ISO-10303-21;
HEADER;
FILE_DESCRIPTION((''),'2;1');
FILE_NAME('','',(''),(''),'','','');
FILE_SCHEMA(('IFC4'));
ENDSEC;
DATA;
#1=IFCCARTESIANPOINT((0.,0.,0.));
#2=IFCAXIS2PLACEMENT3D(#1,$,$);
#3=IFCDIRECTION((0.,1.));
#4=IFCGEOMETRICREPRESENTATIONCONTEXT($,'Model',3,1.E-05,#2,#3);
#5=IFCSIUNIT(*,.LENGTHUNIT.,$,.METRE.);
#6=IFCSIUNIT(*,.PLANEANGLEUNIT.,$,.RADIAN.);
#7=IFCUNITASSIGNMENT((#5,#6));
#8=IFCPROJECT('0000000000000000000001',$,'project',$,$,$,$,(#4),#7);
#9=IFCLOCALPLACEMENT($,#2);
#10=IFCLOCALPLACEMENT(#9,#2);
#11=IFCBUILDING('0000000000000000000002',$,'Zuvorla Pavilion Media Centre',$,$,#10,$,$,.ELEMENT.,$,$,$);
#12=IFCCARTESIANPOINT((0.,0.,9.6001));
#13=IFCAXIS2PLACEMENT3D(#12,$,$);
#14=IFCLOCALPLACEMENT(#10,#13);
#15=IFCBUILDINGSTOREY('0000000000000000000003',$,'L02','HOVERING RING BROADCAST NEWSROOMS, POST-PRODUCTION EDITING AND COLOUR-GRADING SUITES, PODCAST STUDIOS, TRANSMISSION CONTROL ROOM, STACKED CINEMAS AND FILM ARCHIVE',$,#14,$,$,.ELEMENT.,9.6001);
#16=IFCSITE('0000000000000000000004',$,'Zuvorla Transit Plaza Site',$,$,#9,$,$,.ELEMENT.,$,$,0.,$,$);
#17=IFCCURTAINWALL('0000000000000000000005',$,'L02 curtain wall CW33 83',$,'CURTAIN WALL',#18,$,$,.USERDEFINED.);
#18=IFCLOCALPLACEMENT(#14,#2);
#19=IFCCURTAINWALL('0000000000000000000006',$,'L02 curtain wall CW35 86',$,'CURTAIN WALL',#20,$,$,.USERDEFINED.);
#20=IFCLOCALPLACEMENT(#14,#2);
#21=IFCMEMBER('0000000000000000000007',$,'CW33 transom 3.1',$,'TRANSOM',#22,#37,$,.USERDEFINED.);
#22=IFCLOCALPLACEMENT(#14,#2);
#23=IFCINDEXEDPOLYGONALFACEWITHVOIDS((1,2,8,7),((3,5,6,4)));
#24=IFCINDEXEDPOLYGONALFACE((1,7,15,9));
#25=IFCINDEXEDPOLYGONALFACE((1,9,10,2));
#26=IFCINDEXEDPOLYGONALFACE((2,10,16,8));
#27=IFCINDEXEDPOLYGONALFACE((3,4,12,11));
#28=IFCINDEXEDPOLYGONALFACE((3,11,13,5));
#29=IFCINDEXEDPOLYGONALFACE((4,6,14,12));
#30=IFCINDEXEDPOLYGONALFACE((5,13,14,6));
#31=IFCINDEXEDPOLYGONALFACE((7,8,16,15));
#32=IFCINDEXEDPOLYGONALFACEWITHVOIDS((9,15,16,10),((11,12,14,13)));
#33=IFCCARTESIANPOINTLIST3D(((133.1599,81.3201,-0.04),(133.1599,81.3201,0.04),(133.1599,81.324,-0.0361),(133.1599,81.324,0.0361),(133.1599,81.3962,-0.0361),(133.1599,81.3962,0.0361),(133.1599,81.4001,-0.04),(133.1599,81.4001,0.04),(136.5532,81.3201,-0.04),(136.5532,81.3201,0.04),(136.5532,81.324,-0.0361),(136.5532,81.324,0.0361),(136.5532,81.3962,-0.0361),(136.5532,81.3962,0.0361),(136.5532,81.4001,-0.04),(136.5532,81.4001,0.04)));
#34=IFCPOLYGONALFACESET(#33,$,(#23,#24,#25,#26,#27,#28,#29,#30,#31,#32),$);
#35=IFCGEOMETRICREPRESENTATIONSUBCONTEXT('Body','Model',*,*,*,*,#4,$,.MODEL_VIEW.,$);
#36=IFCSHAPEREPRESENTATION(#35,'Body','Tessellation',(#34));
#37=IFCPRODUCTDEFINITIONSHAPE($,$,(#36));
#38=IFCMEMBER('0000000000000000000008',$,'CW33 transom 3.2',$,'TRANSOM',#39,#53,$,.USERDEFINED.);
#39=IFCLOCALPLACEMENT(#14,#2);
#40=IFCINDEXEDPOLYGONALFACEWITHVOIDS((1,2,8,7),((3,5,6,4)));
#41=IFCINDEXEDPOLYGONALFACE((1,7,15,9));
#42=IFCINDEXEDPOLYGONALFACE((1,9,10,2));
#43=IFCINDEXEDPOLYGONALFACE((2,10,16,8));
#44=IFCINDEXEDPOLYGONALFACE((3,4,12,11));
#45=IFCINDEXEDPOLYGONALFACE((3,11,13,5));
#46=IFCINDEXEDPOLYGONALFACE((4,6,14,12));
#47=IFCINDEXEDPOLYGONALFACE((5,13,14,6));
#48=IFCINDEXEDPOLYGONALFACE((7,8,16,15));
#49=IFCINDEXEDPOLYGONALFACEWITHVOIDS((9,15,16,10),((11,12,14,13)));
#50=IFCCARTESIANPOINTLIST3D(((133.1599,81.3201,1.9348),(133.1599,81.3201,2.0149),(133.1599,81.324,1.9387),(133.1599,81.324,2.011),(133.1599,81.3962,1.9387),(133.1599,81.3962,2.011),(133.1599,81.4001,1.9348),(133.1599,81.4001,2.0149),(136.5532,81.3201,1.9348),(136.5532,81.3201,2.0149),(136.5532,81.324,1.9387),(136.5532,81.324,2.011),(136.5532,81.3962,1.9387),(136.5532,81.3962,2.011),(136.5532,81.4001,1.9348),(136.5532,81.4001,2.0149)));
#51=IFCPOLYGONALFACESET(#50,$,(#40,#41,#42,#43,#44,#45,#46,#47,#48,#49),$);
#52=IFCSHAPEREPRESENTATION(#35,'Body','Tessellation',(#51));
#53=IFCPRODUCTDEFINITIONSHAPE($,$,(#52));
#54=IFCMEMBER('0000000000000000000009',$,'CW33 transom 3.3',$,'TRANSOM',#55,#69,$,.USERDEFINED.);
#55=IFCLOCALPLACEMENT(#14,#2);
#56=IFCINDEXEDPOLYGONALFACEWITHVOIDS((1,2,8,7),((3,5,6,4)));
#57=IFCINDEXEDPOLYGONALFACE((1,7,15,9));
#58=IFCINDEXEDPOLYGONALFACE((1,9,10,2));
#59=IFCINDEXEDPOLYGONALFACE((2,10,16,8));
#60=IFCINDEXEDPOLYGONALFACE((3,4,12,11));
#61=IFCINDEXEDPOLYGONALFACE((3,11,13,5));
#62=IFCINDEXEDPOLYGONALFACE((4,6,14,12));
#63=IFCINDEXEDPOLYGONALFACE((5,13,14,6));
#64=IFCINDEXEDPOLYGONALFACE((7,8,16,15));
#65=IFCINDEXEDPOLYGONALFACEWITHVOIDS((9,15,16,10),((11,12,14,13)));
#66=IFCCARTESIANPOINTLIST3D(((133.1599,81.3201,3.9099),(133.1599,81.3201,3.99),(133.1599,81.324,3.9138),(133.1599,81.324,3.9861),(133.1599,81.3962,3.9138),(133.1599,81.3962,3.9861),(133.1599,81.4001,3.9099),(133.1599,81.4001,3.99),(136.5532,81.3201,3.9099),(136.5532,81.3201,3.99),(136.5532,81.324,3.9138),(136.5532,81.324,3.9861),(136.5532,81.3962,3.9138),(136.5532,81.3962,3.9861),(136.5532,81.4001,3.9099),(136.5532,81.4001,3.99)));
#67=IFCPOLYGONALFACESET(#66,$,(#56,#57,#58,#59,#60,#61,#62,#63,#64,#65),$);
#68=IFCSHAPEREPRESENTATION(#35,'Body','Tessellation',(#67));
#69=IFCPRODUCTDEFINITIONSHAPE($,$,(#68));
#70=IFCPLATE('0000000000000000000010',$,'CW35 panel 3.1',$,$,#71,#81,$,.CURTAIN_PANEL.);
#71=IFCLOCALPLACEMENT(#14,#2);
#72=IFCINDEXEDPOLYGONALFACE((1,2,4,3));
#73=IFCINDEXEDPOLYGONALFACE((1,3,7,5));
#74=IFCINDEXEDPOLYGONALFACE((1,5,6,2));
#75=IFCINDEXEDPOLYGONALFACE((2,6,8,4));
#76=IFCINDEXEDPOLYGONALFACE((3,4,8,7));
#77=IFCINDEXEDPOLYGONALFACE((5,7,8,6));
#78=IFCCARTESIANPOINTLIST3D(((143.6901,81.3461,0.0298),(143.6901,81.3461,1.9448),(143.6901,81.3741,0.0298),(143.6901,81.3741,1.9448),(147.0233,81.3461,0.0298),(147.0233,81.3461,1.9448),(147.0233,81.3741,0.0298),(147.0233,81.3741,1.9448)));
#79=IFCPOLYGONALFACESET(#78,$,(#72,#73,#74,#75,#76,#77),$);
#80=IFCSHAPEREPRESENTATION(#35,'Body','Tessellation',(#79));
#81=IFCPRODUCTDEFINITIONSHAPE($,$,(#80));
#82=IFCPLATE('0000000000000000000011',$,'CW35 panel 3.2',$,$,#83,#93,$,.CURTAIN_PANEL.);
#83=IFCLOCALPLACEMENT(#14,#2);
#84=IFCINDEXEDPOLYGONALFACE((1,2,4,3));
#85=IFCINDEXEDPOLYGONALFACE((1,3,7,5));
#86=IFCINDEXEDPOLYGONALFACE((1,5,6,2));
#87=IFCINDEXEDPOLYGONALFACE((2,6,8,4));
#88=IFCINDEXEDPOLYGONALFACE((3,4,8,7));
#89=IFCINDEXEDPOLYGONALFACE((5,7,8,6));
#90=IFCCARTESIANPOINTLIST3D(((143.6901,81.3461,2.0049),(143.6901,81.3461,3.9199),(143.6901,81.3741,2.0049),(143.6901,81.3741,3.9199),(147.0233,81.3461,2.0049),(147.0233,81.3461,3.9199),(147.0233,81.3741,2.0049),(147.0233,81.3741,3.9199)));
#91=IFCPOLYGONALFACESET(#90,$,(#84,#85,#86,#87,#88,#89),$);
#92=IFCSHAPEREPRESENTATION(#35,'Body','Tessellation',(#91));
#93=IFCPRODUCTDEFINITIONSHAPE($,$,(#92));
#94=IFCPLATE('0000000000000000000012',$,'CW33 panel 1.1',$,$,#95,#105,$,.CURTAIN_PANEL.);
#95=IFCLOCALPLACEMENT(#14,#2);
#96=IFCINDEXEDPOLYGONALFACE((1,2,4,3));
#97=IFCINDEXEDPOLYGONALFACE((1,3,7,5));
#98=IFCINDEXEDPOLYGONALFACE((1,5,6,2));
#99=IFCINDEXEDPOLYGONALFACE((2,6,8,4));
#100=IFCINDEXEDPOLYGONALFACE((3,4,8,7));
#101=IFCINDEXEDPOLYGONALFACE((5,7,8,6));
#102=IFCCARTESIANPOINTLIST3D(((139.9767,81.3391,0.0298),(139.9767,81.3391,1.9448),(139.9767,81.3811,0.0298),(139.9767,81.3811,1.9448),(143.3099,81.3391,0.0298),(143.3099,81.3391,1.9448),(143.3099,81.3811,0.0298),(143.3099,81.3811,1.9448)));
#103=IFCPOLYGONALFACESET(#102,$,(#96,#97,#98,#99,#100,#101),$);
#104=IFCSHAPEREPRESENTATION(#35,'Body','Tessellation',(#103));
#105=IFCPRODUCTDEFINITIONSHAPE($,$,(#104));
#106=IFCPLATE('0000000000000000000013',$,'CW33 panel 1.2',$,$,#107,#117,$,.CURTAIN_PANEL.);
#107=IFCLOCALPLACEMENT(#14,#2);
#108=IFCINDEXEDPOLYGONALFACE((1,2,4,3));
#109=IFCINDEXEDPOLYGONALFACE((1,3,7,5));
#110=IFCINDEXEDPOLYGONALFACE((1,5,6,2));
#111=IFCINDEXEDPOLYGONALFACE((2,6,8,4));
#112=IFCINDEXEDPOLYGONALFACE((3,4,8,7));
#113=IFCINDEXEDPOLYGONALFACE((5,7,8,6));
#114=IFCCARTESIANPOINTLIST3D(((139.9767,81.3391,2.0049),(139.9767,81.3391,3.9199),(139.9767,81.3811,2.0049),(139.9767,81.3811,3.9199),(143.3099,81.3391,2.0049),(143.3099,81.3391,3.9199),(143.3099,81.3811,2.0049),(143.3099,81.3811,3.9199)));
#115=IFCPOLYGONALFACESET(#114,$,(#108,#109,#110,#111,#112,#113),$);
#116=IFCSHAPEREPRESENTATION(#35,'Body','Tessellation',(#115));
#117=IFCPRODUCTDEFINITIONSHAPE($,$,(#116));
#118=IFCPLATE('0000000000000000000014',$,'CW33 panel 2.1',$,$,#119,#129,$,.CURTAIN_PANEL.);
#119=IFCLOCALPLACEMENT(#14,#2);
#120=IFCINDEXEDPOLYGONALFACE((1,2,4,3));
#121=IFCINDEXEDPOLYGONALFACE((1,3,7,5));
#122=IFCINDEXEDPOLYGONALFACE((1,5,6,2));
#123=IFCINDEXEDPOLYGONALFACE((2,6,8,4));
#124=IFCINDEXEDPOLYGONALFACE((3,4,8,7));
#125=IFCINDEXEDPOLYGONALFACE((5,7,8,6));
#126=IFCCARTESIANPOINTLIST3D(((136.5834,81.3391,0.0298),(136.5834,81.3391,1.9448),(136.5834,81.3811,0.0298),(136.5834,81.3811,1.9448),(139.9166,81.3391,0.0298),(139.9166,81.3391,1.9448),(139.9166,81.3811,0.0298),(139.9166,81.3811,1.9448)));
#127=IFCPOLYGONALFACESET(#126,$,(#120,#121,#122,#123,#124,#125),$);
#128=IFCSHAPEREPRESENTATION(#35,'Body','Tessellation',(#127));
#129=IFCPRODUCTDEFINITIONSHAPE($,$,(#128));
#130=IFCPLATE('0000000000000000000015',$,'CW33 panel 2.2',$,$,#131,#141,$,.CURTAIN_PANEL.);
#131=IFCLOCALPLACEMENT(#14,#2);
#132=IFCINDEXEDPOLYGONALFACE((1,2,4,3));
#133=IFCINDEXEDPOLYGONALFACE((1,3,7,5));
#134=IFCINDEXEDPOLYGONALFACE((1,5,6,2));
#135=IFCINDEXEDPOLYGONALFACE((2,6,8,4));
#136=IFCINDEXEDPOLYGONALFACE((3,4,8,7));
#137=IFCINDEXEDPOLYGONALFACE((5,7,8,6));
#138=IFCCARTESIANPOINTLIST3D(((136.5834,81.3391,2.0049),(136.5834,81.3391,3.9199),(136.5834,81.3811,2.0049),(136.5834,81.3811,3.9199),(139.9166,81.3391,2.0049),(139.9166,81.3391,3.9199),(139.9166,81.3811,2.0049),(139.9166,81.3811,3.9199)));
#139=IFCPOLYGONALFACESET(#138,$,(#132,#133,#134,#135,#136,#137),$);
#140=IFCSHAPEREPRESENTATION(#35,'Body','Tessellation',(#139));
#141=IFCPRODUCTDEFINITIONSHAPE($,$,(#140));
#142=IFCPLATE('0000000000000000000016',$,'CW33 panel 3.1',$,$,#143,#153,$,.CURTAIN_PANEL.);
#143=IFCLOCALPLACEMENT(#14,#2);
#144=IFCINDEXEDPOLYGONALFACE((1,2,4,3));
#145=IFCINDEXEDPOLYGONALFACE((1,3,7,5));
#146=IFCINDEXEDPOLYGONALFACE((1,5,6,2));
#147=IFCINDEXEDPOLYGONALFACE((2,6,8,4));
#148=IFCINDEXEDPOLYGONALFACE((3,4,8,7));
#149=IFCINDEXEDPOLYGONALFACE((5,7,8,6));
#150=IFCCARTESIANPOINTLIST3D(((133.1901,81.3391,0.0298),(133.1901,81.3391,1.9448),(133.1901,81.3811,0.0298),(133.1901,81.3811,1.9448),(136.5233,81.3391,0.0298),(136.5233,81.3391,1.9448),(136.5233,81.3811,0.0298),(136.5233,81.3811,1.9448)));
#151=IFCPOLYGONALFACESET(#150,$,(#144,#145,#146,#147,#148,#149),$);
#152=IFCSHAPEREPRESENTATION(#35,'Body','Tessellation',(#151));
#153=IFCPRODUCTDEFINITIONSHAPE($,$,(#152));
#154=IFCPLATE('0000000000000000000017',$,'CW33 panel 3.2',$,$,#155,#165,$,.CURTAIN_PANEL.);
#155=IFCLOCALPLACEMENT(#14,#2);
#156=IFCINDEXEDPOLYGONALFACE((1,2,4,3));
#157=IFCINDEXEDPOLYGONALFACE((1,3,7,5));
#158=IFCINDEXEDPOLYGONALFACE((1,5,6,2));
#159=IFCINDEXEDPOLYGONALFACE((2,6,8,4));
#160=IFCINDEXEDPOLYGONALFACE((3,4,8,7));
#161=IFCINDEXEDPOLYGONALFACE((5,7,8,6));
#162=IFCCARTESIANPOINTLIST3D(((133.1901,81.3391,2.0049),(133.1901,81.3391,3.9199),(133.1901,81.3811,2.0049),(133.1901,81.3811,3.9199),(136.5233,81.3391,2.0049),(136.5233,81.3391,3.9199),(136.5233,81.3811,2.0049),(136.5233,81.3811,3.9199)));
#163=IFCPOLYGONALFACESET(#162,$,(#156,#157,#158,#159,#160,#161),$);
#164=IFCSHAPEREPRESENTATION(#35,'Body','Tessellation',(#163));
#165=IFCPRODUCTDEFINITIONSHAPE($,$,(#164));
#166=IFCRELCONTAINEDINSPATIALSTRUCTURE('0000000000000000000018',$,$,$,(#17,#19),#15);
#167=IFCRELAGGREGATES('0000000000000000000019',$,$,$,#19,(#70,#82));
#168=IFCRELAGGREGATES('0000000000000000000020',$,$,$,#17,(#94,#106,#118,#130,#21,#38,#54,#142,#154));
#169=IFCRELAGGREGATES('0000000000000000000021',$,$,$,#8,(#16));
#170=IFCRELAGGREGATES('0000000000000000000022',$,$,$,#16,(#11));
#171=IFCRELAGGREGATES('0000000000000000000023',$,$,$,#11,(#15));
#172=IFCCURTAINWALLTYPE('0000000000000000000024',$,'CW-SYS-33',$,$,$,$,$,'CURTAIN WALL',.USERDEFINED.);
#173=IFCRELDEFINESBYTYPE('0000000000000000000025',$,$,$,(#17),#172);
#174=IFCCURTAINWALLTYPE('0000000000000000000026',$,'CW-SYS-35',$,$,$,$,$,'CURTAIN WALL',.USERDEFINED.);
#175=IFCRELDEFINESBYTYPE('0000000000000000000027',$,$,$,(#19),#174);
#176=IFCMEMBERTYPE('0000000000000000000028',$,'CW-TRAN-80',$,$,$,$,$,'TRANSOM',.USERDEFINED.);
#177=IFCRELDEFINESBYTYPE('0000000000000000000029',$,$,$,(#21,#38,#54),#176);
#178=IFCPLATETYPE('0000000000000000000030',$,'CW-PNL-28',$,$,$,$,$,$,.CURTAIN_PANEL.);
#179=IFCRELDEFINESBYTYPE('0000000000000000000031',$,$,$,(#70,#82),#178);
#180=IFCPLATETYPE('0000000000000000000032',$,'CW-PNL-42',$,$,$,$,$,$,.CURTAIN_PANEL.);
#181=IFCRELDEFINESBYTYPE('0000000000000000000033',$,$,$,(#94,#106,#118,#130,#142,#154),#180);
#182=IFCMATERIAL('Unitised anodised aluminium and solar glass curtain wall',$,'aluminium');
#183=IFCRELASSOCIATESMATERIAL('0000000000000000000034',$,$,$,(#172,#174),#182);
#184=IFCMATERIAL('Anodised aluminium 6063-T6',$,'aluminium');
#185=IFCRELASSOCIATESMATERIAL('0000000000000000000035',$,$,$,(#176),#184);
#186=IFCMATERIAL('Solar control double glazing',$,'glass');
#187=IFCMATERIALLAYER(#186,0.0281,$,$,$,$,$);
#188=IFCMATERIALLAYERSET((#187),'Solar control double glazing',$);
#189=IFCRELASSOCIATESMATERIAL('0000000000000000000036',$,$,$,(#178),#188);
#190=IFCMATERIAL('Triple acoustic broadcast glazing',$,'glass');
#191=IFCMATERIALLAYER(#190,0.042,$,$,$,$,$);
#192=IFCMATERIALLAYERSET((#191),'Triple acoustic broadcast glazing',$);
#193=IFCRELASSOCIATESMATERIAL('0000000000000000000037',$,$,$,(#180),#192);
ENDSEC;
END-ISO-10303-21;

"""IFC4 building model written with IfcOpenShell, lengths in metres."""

from ifc_helpers import new_model, si_unit, direction, frame, origin, origin_2d, place, context, subcontext, project, spatial, rectangle, hollow_rectangle, extrude, material, layer, layer_set, material_profile, profile_set, type_object, element, aggregate, save


model = new_model("IFC4")

# Units and contexts
model_context = context("Model", 3, precision=1e-05, world=origin(), true_north=direction((0.0, 1.0)))
body_context = subcontext(model_context, "Body", "Model", "MODEL_VIEW")
ifc_project = project(units=[si_unit("LENGTHUNIT", "METRE"), si_unit("PLANEANGLEUNIT", "RADIAN")], contexts=[model_context])

# Site, building, storey
site_placement = place(None, origin())
site = spatial("IfcSite", under=ifc_project, at=site_placement, Name="Zuvorla Transit Plaza Site", CompositionType="ELEMENT", RefElevation=0.0)
building_placement = place(site_placement, origin())
building = spatial("IfcBuilding", under=site, at=building_placement, Name="Zuvorla Pavilion Media Centre", CompositionType="ELEMENT")
storey_placement = place(building_placement, frame((0.0, 0.0, 9.6001)))
storey = spatial("IfcBuildingStorey", under=building, at=storey_placement, Name="L02", Description="HOVERING RING BROADCAST NEWSROOMS, POST-PRODUCTION EDITING AND COLOUR-GRADING SUITES, PODCAST STUDIOS, TRANSMISSION CONTROL ROOM, STACKED CINEMAS AND FILM ARCHIVE", CompositionType="ELEMENT", Elevation=9.6001)

# Curtain walls
ifc_material_1 = material(Name="Unitised anodised aluminium and solar glass curtain wall", Category="aluminium")
curtain_wall_type_1 = type_object("IfcCurtainWallType", Name="CW-SYS-33", ElementType="CURTAIN WALL", PredefinedType="USERDEFINED", material=ifc_material_1)
curtain_wall_1_placement = place(storey_placement, origin())
curtain_wall_1 = element("IfcCurtainWall", 1, at=curtain_wall_1_placement, inside=storey, type_object=curtain_wall_type_1, Name="L02 curtain wall CW33 83", ObjectType="CURTAIN WALL", PredefinedType="USERDEFINED")
ifc_material_2 = material(Name="Anodised aluminium 6063-T6", Category="aluminium")
curtain_wall_type_2 = type_object("IfcCurtainWallType", Name="CW-SYS-35", ElementType="CURTAIN WALL", PredefinedType="USERDEFINED", material=ifc_material_1)
curtain_wall_2_placement = place(storey_placement, origin())
curtain_wall_2 = element("IfcCurtainWall", 2, at=curtain_wall_2_placement, inside=storey, type_object=curtain_wall_type_2, Name="L02 curtain wall CW35 86", ObjectType="CURTAIN WALL", PredefinedType="USERDEFINED")

# Members
ifc_material_profile_1 = material_profile(ifc_material_2, hollow_rectangle(XDim=0.0801, YDim=0.0801, WallThickness=0.0039, at=origin_2d()), Name="ALU TRAN 80x80")
ifc_profile_set_1 = profile_set([ifc_material_profile_1], Name="Anodised aluminium 6063-T6")
member_type_1 = type_object("IfcMemberType", Name="CW-TRAN-80", ElementType="TRANSOM", PredefinedType="USERDEFINED", material=ifc_profile_set_1)
member_1_placement = place(storey_placement, frame((136.5532, 81.3601, 0.0), z_axis=(-1.0, 0.0, 0.0), x_axis=(0.0, -1.0, 0.0)))
member_1 = element("IfcMember", 3, at=member_1_placement, type_object=member_type_1, Name="CW33 transom 3.1", ObjectType="TRANSOM", PredefinedType="USERDEFINED", context=body_context, shape_type="SweptSolid", body=[
    extrude(hollow_rectangle(XDim=0.0801, YDim=0.0801, WallThickness=0.0039, at=origin_2d()), origin(), (0.0, 0.0, 1.0), 3.3933),
])
member_2_placement = place(storey_placement, frame((136.5532, 81.3601, 1.9749), z_axis=(-1.0, 0.0, 0.0), x_axis=(0.0, -1.0, 0.0)))
member_2 = element("IfcMember", 4, at=member_2_placement, type_object=member_type_1, Name="CW33 transom 3.2", ObjectType="TRANSOM", PredefinedType="USERDEFINED", context=body_context, shape_type="SweptSolid", body=[
    extrude(hollow_rectangle(XDim=0.0801, YDim=0.0801, WallThickness=0.0039, at=origin_2d()), origin(), (0.0, 0.0, 1.0), 3.3933),
])
member_3_placement = place(storey_placement, frame((136.5532, 81.3601, 3.95), z_axis=(-1.0, 0.0, 0.0), x_axis=(0.0, -1.0, 0.0)))
member_3 = element("IfcMember", 5, at=member_3_placement, type_object=member_type_1, Name="CW33 transom 3.3", ObjectType="TRANSOM", PredefinedType="USERDEFINED", context=body_context, shape_type="SweptSolid", body=[
    extrude(hollow_rectangle(XDim=0.0801, YDim=0.0801, WallThickness=0.0039, at=origin_2d()), origin(), (0.0, 0.0, 1.0), 3.3933),
])

# Plates
ifc_material_3 = material(Name="Solar control double glazing", Category="glass")
ifc_layer_1 = layer(ifc_material_3, 0.0281)
ifc_layer_set_1 = layer_set([ifc_layer_1], Name="Solar control double glazing")
plate_type_1 = type_object("IfcPlateType", Name="CW-PNL-28", PredefinedType="CURTAIN_PANEL", material=ifc_layer_set_1)
plate_1_placement = place(storey_placement, frame((145.3567, 81.3601, 0.0298), z_axis=(0.0, 0.0, 1.0), x_axis=(-1.0, 0.0, 0.0)))
plate_1 = element("IfcPlate", 6, at=plate_1_placement, type_object=plate_type_1, Name="CW35 panel 3.1", PredefinedType="CURTAIN_PANEL", context=body_context, shape_type="SweptSolid", body=[
    extrude(rectangle(XDim=3.3333, YDim=0.0281, at=origin_2d()), origin(), (0.0, 0.0, 1.0), 1.915),
])
plate_2_placement = place(storey_placement, frame((145.3567, 81.3601, 2.0049), z_axis=(0.0, 0.0, 1.0), x_axis=(-1.0, 0.0, 0.0)))
plate_2 = element("IfcPlate", 7, at=plate_2_placement, type_object=plate_type_1, Name="CW35 panel 3.2", PredefinedType="CURTAIN_PANEL", context=body_context, shape_type="SweptSolid", body=[
    extrude(rectangle(XDim=3.3333, YDim=0.0281, at=origin_2d()), origin(), (0.0, 0.0, 1.0), 1.915),
])
aggregate(curtain_wall_2, [plate_1, plate_2])
ifc_material_4 = material(Name="Triple acoustic broadcast glazing", Category="glass")
ifc_layer_2 = layer(ifc_material_4, 0.042)
ifc_layer_set_2 = layer_set([ifc_layer_2], Name="Triple acoustic broadcast glazing")
plate_type_2 = type_object("IfcPlateType", Name="CW-PNL-42", PredefinedType="CURTAIN_PANEL", material=ifc_layer_set_2)
plate_3_placement = place(storey_placement, frame((141.6433, 81.3601, 0.0298), z_axis=(0.0, 0.0, 1.0), x_axis=(-1.0, 0.0, 0.0)))
plate_3 = element("IfcPlate", 8, at=plate_3_placement, type_object=plate_type_2, Name="CW33 panel 1.1", PredefinedType="CURTAIN_PANEL", context=body_context, shape_type="SweptSolid", body=[
    extrude(rectangle(XDim=3.3333, YDim=0.042, at=origin_2d()), origin(), (0.0, 0.0, 1.0), 1.915),
])
plate_4_placement = place(storey_placement, frame((141.6433, 81.3601, 2.0049), z_axis=(0.0, 0.0, 1.0), x_axis=(-1.0, 0.0, 0.0)))
plate_4 = element("IfcPlate", 9, at=plate_4_placement, type_object=plate_type_2, Name="CW33 panel 1.2", PredefinedType="CURTAIN_PANEL", context=body_context, shape_type="SweptSolid", body=[
    extrude(rectangle(XDim=3.3333, YDim=0.042, at=origin_2d()), origin(), (0.0, 0.0, 1.0), 1.915),
])
plate_5_placement = place(storey_placement, frame((138.25, 81.3601, 0.0298), z_axis=(0.0, 0.0, 1.0), x_axis=(-1.0, 0.0, 0.0)))
plate_5 = element("IfcPlate", 10, at=plate_5_placement, type_object=plate_type_2, Name="CW33 panel 2.1", PredefinedType="CURTAIN_PANEL", context=body_context, shape_type="SweptSolid", body=[
    extrude(rectangle(XDim=3.3333, YDim=0.042, at=origin_2d()), origin(), (0.0, 0.0, 1.0), 1.915),
])
plate_6_placement = place(storey_placement, frame((138.25, 81.3601, 2.0049), z_axis=(0.0, 0.0, 1.0), x_axis=(-1.0, 0.0, 0.0)))
plate_6 = element("IfcPlate", 11, at=plate_6_placement, type_object=plate_type_2, Name="CW33 panel 2.2", PredefinedType="CURTAIN_PANEL", context=body_context, shape_type="SweptSolid", body=[
    extrude(rectangle(XDim=3.3333, YDim=0.042, at=origin_2d()), origin(), (0.0, 0.0, 1.0), 1.915),
])
plate_7_placement = place(storey_placement, frame((134.8567, 81.3601, 0.0298), z_axis=(0.0, 0.0, 1.0), x_axis=(-1.0, 0.0, 0.0)))
plate_7 = element("IfcPlate", 12, at=plate_7_placement, type_object=plate_type_2, Name="CW33 panel 3.1", PredefinedType="CURTAIN_PANEL", context=body_context, shape_type="SweptSolid", body=[
    extrude(rectangle(XDim=3.3333, YDim=0.042, at=origin_2d()), origin(), (0.0, 0.0, 1.0), 1.915),
])
plate_8_placement = place(storey_placement, frame((134.8567, 81.3601, 2.0049), z_axis=(0.0, 0.0, 1.0), x_axis=(-1.0, 0.0, 0.0)))
plate_8 = element("IfcPlate", 13, at=plate_8_placement, type_object=plate_type_2, Name="CW33 panel 3.2", PredefinedType="CURTAIN_PANEL", context=body_context, shape_type="SweptSolid", body=[
    extrude(rectangle(XDim=3.3333, YDim=0.042, at=origin_2d()), origin(), (0.0, 0.0, 1.0), 1.915),
])
aggregate(curtain_wall_1, [plate_3, plate_4, plate_5, plate_6, member_1, member_2, member_3, plate_7, plate_8])

save(model, "model.ifc")
